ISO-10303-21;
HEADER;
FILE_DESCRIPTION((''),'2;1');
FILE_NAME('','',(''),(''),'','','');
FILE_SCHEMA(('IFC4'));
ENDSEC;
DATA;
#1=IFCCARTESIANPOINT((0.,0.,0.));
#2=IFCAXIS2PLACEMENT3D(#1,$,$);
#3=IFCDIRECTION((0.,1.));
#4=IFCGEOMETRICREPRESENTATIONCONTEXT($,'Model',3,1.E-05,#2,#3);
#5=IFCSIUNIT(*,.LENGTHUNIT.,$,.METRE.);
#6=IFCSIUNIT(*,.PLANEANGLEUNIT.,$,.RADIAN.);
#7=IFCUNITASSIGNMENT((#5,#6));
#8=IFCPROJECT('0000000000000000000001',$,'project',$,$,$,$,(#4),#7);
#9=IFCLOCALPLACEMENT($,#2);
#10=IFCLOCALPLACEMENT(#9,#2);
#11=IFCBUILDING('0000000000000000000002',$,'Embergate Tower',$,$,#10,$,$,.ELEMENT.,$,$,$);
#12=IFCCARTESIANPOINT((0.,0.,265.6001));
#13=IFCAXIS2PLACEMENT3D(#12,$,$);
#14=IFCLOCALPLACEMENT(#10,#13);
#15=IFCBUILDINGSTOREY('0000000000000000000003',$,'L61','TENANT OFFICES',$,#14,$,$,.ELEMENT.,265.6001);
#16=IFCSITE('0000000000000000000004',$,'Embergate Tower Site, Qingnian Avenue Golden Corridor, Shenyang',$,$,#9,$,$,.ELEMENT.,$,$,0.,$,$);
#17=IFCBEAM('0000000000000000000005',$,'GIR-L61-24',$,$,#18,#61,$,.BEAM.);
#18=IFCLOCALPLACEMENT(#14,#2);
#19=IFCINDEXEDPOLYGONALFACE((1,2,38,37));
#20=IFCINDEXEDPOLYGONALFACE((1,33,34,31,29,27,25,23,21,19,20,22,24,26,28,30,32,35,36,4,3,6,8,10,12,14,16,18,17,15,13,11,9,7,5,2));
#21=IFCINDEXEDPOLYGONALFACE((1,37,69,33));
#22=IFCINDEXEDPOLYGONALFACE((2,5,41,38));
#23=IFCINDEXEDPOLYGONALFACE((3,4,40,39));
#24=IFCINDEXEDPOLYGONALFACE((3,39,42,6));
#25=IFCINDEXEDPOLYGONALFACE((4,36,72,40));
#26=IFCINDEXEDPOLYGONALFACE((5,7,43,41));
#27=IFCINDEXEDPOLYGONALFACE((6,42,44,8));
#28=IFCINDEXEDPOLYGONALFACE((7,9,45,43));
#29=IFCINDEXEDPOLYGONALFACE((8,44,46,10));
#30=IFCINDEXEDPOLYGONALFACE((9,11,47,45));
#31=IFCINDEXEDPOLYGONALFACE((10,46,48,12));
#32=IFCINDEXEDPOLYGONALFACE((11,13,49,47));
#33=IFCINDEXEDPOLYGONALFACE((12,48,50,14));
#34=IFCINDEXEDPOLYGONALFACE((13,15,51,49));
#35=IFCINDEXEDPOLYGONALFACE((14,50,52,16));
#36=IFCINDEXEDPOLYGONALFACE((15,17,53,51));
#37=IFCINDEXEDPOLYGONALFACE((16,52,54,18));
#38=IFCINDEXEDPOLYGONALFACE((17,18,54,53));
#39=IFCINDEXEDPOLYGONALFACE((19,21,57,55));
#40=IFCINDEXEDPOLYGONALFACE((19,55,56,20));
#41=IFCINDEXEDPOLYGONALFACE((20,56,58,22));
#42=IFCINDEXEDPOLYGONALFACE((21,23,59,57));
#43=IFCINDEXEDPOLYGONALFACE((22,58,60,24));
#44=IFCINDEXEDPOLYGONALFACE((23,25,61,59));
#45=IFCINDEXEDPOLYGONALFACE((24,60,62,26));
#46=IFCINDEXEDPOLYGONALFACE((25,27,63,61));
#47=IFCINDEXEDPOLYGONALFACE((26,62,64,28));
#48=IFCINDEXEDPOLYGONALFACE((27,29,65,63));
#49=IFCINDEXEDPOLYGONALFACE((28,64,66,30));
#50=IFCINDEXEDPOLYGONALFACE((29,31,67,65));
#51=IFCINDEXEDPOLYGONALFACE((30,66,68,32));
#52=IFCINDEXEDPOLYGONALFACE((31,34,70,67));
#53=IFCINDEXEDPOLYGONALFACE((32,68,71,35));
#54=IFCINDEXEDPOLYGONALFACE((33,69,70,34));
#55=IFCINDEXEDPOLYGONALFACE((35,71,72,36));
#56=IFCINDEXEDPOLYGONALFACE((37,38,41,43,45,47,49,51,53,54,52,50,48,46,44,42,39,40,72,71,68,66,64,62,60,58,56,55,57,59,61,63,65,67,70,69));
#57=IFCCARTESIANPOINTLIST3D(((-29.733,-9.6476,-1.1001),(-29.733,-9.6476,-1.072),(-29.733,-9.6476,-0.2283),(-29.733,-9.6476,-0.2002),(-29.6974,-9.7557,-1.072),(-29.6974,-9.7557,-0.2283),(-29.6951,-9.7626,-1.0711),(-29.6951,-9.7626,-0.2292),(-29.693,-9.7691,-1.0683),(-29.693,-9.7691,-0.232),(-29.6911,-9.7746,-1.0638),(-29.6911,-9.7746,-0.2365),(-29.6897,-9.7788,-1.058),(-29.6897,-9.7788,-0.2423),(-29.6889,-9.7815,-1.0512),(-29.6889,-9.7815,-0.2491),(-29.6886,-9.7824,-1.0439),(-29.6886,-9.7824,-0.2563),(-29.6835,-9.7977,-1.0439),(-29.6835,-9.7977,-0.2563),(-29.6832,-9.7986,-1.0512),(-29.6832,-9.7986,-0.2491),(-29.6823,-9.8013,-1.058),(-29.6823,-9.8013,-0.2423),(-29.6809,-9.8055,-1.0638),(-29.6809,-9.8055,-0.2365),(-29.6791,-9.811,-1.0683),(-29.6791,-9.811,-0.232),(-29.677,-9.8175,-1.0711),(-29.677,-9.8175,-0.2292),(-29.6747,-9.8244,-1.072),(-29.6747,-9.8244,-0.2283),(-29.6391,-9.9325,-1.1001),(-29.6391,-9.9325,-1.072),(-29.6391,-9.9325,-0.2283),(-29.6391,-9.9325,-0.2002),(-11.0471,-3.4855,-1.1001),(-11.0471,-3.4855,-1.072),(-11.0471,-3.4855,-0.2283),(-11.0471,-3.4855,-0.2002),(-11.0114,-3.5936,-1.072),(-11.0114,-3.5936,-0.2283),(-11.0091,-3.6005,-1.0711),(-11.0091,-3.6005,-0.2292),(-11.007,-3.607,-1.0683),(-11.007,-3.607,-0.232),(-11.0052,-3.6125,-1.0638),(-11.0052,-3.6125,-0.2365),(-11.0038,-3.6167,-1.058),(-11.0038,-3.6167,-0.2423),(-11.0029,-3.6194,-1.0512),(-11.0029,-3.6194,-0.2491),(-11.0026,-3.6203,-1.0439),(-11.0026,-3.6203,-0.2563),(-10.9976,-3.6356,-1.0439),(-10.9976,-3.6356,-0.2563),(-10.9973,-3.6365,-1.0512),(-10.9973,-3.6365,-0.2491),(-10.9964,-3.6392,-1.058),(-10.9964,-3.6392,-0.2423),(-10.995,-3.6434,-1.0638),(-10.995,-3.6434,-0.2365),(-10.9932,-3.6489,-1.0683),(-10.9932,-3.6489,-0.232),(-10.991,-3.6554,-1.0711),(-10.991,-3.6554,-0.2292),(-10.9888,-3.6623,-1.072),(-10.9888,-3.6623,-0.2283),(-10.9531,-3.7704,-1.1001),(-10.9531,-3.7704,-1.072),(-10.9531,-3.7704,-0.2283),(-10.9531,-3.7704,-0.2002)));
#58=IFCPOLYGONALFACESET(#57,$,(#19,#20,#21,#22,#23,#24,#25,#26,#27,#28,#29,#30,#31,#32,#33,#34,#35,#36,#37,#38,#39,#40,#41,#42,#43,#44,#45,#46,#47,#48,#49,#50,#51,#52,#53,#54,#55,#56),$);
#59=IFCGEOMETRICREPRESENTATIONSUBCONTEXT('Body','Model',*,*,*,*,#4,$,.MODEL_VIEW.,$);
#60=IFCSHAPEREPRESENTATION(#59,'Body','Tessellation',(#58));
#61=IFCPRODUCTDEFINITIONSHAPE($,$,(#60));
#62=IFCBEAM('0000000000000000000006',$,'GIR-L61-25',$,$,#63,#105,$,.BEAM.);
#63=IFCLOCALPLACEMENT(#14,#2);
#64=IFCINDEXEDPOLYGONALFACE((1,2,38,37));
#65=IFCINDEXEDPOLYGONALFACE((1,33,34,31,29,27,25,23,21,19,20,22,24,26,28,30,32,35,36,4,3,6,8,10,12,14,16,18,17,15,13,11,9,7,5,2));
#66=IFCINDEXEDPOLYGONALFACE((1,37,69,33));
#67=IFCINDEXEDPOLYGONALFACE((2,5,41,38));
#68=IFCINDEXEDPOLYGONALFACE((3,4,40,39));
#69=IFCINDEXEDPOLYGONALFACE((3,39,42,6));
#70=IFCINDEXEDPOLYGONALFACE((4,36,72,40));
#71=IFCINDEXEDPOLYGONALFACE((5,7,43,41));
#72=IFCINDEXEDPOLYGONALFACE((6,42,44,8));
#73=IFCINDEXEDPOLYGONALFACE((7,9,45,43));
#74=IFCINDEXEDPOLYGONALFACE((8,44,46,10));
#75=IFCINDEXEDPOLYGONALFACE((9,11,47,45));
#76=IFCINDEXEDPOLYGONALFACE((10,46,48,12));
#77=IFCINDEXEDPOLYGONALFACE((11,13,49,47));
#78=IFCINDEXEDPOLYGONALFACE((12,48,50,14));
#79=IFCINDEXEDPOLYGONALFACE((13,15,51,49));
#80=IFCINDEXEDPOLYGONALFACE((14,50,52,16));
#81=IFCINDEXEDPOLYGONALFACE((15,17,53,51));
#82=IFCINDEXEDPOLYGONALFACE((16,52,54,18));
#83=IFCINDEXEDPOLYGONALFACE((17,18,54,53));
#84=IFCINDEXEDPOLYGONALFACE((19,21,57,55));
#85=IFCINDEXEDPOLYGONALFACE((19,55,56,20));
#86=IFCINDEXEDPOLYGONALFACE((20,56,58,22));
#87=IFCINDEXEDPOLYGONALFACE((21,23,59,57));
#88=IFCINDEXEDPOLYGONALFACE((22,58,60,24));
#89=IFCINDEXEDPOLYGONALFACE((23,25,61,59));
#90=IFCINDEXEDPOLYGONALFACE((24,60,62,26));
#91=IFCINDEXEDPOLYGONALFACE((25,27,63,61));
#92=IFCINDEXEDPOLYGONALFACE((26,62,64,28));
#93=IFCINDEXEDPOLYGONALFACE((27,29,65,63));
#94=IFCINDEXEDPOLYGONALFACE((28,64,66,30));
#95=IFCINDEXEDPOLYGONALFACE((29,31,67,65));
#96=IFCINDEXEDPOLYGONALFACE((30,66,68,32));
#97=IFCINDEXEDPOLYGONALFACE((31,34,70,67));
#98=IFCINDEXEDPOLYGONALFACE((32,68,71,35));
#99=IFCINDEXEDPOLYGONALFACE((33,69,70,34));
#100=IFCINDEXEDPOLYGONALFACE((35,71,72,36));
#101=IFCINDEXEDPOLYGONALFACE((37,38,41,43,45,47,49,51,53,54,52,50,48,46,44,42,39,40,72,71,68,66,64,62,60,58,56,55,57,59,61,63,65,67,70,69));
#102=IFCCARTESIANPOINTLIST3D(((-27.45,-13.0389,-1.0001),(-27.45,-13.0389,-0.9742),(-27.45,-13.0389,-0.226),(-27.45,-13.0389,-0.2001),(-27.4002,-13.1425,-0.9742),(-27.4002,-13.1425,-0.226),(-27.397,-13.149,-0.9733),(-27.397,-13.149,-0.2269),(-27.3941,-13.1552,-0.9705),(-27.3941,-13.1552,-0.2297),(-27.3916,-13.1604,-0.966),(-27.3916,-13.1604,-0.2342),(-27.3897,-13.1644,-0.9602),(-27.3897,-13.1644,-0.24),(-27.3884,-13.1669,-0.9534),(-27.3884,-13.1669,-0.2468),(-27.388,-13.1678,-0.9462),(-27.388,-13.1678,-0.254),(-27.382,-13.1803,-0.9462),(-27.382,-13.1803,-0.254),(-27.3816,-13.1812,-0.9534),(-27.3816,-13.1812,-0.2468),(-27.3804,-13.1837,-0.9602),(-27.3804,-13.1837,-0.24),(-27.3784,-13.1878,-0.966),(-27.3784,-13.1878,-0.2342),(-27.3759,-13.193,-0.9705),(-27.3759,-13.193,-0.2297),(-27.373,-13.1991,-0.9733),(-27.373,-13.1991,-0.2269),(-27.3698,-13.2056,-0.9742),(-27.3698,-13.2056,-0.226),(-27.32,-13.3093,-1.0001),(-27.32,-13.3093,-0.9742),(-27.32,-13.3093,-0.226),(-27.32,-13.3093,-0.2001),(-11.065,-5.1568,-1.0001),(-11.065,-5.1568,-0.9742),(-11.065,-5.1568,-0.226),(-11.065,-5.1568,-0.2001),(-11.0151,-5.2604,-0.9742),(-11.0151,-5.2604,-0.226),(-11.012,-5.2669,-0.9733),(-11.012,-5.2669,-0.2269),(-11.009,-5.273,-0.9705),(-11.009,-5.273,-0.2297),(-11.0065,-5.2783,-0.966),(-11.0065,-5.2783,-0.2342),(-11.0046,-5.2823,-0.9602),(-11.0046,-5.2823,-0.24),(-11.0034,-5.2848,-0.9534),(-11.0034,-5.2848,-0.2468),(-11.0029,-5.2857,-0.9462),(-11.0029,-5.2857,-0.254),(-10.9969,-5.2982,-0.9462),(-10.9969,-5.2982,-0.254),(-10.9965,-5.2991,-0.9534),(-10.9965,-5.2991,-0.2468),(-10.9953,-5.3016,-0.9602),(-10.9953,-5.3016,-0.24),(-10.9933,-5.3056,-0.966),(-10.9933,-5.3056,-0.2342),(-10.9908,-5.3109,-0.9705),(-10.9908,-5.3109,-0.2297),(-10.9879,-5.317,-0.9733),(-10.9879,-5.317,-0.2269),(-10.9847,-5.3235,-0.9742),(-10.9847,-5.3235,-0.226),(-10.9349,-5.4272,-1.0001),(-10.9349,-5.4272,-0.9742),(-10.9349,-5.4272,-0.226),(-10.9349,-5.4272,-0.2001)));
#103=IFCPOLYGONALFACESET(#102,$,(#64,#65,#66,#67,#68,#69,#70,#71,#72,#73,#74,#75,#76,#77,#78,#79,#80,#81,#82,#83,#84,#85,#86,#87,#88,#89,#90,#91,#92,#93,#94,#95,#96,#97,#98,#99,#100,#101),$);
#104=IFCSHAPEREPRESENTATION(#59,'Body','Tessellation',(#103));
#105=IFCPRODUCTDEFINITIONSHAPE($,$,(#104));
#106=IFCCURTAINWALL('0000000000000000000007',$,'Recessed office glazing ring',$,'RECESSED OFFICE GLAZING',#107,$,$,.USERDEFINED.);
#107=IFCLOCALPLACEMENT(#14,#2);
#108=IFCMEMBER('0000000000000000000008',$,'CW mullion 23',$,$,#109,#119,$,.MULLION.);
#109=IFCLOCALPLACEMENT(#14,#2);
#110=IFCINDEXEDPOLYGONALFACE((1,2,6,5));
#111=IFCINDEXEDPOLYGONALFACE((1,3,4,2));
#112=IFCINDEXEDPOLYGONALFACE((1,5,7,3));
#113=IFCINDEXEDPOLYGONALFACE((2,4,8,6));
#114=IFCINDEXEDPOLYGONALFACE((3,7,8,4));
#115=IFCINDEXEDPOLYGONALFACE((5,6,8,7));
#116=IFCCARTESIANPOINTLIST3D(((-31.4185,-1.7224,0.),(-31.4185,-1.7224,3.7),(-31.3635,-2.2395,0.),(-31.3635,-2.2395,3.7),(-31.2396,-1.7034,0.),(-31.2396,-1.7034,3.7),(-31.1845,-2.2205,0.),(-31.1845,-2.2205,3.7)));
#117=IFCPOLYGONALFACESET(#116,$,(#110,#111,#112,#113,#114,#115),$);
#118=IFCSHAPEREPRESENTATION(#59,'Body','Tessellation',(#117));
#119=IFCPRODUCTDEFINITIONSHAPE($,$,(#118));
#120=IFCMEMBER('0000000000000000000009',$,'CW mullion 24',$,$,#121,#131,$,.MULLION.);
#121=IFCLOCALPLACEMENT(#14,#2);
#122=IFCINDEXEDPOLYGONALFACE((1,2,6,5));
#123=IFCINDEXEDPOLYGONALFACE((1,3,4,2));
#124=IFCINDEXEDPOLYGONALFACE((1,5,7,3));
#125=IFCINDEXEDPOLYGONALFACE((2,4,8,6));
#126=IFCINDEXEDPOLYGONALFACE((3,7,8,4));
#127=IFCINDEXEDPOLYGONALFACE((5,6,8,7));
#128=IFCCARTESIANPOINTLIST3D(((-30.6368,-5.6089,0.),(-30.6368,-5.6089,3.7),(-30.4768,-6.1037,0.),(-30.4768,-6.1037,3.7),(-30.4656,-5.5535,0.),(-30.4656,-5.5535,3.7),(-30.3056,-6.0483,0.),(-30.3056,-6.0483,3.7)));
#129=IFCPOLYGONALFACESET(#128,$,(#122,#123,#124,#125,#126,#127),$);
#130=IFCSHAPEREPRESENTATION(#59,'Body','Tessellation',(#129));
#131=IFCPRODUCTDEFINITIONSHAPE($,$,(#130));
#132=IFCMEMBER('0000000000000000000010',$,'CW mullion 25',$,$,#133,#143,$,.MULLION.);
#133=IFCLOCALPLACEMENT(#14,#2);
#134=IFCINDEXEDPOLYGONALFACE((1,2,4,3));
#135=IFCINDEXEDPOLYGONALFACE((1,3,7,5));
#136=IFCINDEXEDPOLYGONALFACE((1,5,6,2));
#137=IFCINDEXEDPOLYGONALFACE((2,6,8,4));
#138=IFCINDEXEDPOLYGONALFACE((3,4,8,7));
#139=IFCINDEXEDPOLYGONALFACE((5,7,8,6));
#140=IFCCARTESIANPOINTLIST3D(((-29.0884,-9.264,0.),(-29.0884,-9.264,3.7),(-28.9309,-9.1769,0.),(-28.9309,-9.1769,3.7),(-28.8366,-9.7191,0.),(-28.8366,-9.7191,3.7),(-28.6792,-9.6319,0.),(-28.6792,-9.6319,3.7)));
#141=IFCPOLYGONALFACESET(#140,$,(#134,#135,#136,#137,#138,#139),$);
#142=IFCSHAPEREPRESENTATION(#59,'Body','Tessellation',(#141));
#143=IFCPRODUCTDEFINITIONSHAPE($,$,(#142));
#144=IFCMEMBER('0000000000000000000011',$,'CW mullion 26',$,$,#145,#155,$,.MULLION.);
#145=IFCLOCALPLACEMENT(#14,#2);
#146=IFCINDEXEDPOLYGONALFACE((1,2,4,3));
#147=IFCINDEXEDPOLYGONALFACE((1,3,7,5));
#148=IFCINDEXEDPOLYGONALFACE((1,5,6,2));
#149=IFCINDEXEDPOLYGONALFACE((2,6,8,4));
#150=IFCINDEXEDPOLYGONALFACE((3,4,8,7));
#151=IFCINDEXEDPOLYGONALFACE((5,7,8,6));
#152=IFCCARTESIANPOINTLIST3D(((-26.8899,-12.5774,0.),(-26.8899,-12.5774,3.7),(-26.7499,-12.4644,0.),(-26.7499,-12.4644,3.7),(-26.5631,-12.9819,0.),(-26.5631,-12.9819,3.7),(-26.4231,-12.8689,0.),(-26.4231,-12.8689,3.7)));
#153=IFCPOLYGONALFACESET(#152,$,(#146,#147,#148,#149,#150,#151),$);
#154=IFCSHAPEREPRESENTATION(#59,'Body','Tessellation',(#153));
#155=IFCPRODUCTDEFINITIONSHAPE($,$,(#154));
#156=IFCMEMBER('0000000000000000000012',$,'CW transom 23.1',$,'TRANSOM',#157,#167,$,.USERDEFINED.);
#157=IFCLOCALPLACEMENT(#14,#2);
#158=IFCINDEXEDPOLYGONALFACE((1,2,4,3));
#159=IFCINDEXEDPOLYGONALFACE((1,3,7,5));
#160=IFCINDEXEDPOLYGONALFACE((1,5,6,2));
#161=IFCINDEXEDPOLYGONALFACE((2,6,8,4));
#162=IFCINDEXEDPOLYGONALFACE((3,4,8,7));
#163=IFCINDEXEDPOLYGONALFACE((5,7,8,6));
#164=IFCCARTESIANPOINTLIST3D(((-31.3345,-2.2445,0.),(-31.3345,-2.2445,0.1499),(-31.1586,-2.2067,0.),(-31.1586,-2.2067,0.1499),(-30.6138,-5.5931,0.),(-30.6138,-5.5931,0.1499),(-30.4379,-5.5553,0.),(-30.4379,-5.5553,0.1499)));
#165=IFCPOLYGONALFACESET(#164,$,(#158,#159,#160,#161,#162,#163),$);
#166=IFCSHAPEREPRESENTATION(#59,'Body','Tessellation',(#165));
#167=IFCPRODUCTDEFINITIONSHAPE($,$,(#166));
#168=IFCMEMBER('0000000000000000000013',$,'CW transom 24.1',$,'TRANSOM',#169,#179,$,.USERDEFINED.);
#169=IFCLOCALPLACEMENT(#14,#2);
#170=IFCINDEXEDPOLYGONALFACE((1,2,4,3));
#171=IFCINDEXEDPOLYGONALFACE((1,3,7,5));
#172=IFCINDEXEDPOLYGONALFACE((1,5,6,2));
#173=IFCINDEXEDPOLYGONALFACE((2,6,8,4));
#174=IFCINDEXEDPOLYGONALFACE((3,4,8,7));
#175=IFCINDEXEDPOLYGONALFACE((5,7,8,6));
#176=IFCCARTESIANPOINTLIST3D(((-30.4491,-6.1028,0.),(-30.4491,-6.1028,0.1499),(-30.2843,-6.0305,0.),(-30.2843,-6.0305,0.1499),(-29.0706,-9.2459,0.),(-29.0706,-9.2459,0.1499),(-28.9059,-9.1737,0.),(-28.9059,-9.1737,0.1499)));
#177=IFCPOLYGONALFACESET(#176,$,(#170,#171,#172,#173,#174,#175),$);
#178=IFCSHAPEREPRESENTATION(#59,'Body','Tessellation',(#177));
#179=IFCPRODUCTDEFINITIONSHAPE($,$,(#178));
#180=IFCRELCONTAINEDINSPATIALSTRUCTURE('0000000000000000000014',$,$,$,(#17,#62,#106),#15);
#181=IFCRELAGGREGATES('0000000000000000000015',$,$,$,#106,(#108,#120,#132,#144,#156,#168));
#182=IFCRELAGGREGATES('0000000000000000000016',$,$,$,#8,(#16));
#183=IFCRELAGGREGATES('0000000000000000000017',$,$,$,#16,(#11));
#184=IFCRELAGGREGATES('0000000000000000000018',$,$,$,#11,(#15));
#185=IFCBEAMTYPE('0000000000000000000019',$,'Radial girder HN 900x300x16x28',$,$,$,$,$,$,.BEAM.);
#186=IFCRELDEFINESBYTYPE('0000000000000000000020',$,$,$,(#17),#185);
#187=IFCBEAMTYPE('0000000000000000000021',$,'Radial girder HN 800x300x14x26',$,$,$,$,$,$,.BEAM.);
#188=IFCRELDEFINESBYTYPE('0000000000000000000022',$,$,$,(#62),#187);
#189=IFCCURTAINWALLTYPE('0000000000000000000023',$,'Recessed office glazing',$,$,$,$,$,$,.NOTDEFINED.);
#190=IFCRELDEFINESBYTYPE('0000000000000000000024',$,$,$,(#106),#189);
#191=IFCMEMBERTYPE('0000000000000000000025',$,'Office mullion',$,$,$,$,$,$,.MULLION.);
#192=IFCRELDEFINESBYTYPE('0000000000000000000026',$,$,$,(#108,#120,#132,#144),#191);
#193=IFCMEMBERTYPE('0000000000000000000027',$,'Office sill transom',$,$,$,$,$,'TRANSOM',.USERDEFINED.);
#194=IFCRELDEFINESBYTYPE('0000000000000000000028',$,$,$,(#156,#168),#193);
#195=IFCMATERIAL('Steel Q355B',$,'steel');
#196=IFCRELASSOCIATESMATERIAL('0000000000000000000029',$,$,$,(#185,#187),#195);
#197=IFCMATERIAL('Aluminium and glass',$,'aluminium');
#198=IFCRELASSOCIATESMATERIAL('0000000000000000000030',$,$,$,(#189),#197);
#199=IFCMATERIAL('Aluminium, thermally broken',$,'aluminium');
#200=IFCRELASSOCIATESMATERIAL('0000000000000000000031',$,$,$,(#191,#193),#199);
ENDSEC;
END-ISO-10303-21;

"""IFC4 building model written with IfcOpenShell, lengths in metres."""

from ifc_helpers import new_model, si_unit, direction, frame, origin, origin_2d, place, context, subcontext, project, spatial, rectangle, i_section, extrude, source, transform, mapped, material, material_profile, profile_set, type_object, element, aggregate, save


model = new_model("IFC4")

# Units and contexts
model_context = context("Model", 3, precision=1e-05, world=origin(), true_north=direction((0.0, 1.0)))
body_context = subcontext(model_context, "Body", "Model", "MODEL_VIEW")
ifc_project = project(units=[si_unit("LENGTHUNIT", "METRE"), si_unit("PLANEANGLEUNIT", "RADIAN")], contexts=[model_context])

# Site, building, storey
site_placement = place(None, origin())
site = spatial("IfcSite", under=ifc_project, at=site_placement, Name="Embergate Tower Site, Qingnian Avenue Golden Corridor, Shenyang", CompositionType="ELEMENT", RefElevation=0.0)
building_placement = place(site_placement, origin())
building = spatial("IfcBuilding", under=site, at=building_placement, Name="Embergate Tower", CompositionType="ELEMENT")
storey_placement = place(building_placement, frame((0.0, 0.0, 265.6001)))
storey = spatial("IfcBuildingStorey", under=building, at=storey_placement, Name="L61", Description="TENANT OFFICES", CompositionType="ELEMENT", Elevation=265.6001)

# Beams
ifc_material_1 = material(Name="Steel Q355B", Category="steel")
ifc_material_profile_1 = material_profile(ifc_material_1, i_section(OverallWidth=0.3, OverallDepth=0.8999, WebThickness=0.0161, FlangeThickness=0.0281, FilletRadius=0.0281, at=origin_2d()), Name="HN 900x300x16x28")
ifc_profile_set_1 = profile_set([ifc_material_profile_1], Name="Steel Q355 grade B")
beam_type_1 = type_object("IfcBeamType", Name="Radial girder HN 900x300x16x28", PredefinedType="BEAM", material=ifc_profile_set_1)
shared_shape_1 = source(origin(), body_context, "Body", "SweptSolid", [
    extrude(i_section(OverallWidth=0.3, OverallDepth=0.8999, WebThickness=0.0161, FlangeThickness=0.0281, FilletRadius=0.0281, at=origin_2d()), origin(), (0.0, 0.0, 1.0), 19.6758),
])
beam_1_placement = place(storey_placement, frame((-29.686, -9.79, -0.6501), z_axis=(0.949693, 0.313181, 0.0), x_axis=(-0.313181, 0.949693, 0.0)))
element("IfcBeam", 1, at=beam_1_placement, inside=storey, type_object=beam_type_1, Name="GIR-L61-24", PredefinedType="BEAM", context=body_context, shape_type="MappedRepresentation", body=[
    mapped(shared_shape_1, transform((0.0, 0.0, 0.0))),
])
ifc_material_profile_2 = material_profile(ifc_material_1, i_section(OverallWidth=0.3, OverallDepth=0.8, WebThickness=0.0139, FlangeThickness=0.0259, FilletRadius=0.0281, at=origin_2d()), Name="HN 800x300x14x26")
ifc_profile_set_2 = profile_set([ifc_material_profile_2], Name="Steel Q355 grade B")
beam_type_2 = type_object("IfcBeamType", Name="Radial girder HN 800x300x14x26", PredefinedType="BEAM", material=ifc_profile_set_2)
shared_shape_2 = source(origin(), body_context, "Body", "SweptSolid", [
    extrude(i_section(OverallWidth=0.3, OverallDepth=0.8, WebThickness=0.0139, FlangeThickness=0.0259, FilletRadius=0.0281, at=origin_2d()), origin(), (0.0, 0.0, 1.0), 18.1824),
])
beam_2_placement = place(storey_placement, frame((-27.385, -13.1741, -0.6001), z_axis=(0.901152, 0.433503, 0.0), x_axis=(-0.433503, 0.901152, 0.0)))
element("IfcBeam", 2, at=beam_2_placement, inside=storey, type_object=beam_type_2, Name="GIR-L61-25", PredefinedType="BEAM", context=body_context, shape_type="MappedRepresentation", body=[
    mapped(shared_shape_2, transform((0.0, 0.0, 0.0))),
])

# Curtain wall, members
ifc_material_2 = material(Name="Aluminium and glass", Category="aluminium")
curtain_wall_type = type_object("IfcCurtainWallType", Name="Recessed office glazing", PredefinedType="NOTDEFINED", material=ifc_material_2)
curtain_wall_placement = place(storey_placement, origin())
curtain_wall = element("IfcCurtainWall", 3, at=curtain_wall_placement, inside=storey, type_object=curtain_wall_type, Name="Recessed office glazing ring", ObjectType="RECESSED OFFICE GLAZING", PredefinedType="USERDEFINED")
ifc_material_3 = material(Name="Aluminium, thermally broken", Category="aluminium")
ifc_material_profile_3 = material_profile(ifc_material_3, rectangle(XDim=0.1799, YDim=0.52, at=origin_2d()), Name="AL 520x180")
ifc_profile_set_3 = profile_set([ifc_material_profile_3], Name="Aluminium, thermally broken")
member_type_1 = type_object("IfcMemberType", Name="Office mullion", PredefinedType="MULLION", material=ifc_profile_set_3)
shared_shape_3 = source(origin(), body_context, "Body", "SweptSolid", [
    extrude(rectangle(XDim=0.1799, YDim=0.52, at=origin_2d()), origin(), (0.0, 0.0, 1.0), 3.7),
])
member_1_placement = place(storey_placement, frame((-31.3015, -1.9714, 0.0), z_axis=(0.0, 0.0, 1.0), x_axis=(0.994384, 0.10583, 0.0)))
member_1 = element("IfcMember", 4, at=member_1_placement, type_object=member_type_1, Name="CW mullion 23", PredefinedType="MULLION", context=body_context, shape_type="MappedRepresentation", body=[
    mapped(shared_shape_3, transform((0.0, 0.0, 0.0))),
])
member_2_placement = place(storey_placement, frame((-30.4712, -5.8286, 0.0), z_axis=(0.0, 0.0, 1.0), x_axis=(0.951493, 0.307671, 0.0)))
member_2 = element("IfcMember", 5, at=member_2_placement, type_object=member_type_1, Name="CW mullion 24", PredefinedType="MULLION", context=body_context, shape_type="MappedRepresentation", body=[
    mapped(shared_shape_3, transform((0.0, 0.0, 0.0))),
])
member_3_placement = place(storey_placement, frame((-28.8838, -9.448, 0.0), z_axis=(0.0, 0.0, 1.0), x_axis=(0.874993, 0.484136, 0.0)))
member_3 = element("IfcMember", 6, at=member_3_placement, type_object=member_type_1, Name="CW mullion 25", PredefinedType="MULLION", context=body_context, shape_type="MappedRepresentation", body=[
    mapped(shared_shape_3, transform((0.0, 0.0, 0.0))),
])
member_4_placement = place(storey_placement, frame((-26.6565, -12.7231, 0.0), z_axis=(0.0, 0.0, 1.0), x_axis=(0.777862, 0.628436, 0.0)))
member_4 = element("IfcMember", 7, at=member_4_placement, type_object=member_type_1, Name="CW mullion 26", PredefinedType="MULLION", context=body_context, shape_type="MappedRepresentation", body=[
    mapped(shared_shape_3, transform((0.0, 0.0, 0.0))),
])
ifc_material_profile_4 = material_profile(ifc_material_3, rectangle(XDim=0.1799, YDim=0.1499, at=origin_2d()), Name="AL 150x180")
ifc_profile_set_4 = profile_set([ifc_material_profile_4], Name="Aluminium, thermally broken")
member_type_2 = type_object("IfcMemberType", Name="Office sill transom", ElementType="TRANSOM", PredefinedType="USERDEFINED", material=ifc_profile_set_4)
shared_shape_4 = source(origin(), body_context, "Body", "SweptSolid", [
    extrude(rectangle(XDim=0.1799, YDim=0.1499, at=origin_2d()), origin(), (0.0, 0.0, 1.0), 3.4253),
])
member_5_placement = place(storey_placement, frame((-31.2466, -2.2256, 0.075), z_axis=(0.210405, -0.977614, 0.0), x_axis=(0.977614, 0.210405, 0.0)))
member_5 = element("IfcMember", 8, at=member_5_placement, type_object=member_type_2, Name="CW transom 23.1", ObjectType="TRANSOM", PredefinedType="USERDEFINED", context=body_context, shape_type="MappedRepresentation", body=[
    mapped(shared_shape_4, transform((0.0, 0.0, 0.0))),
])
shared_shape_5 = source(origin(), body_context, "Body", "SweptSolid", [
    extrude(rectangle(XDim=0.1799, YDim=0.1499, at=origin_2d()), origin(), (0.0, 0.0, 1.0), 3.4321),
])
member_6_placement = place(storey_placement, frame((-30.3667, -6.0667, 0.075), z_axis=(0.401632, -0.915801, 0.0), x_axis=(0.915801, 0.401632, 0.0)))
member_6 = element("IfcMember", 9, at=member_6_placement, type_object=member_type_2, Name="CW transom 24.1", ObjectType="TRANSOM", PredefinedType="USERDEFINED", context=body_context, shape_type="MappedRepresentation", body=[
    mapped(shared_shape_5, transform((0.0, 0.0, 0.0))),
])
aggregate(curtain_wall, [member_1, member_2, member_3, member_4, member_5, member_6])

save(model, "model.ifc")
